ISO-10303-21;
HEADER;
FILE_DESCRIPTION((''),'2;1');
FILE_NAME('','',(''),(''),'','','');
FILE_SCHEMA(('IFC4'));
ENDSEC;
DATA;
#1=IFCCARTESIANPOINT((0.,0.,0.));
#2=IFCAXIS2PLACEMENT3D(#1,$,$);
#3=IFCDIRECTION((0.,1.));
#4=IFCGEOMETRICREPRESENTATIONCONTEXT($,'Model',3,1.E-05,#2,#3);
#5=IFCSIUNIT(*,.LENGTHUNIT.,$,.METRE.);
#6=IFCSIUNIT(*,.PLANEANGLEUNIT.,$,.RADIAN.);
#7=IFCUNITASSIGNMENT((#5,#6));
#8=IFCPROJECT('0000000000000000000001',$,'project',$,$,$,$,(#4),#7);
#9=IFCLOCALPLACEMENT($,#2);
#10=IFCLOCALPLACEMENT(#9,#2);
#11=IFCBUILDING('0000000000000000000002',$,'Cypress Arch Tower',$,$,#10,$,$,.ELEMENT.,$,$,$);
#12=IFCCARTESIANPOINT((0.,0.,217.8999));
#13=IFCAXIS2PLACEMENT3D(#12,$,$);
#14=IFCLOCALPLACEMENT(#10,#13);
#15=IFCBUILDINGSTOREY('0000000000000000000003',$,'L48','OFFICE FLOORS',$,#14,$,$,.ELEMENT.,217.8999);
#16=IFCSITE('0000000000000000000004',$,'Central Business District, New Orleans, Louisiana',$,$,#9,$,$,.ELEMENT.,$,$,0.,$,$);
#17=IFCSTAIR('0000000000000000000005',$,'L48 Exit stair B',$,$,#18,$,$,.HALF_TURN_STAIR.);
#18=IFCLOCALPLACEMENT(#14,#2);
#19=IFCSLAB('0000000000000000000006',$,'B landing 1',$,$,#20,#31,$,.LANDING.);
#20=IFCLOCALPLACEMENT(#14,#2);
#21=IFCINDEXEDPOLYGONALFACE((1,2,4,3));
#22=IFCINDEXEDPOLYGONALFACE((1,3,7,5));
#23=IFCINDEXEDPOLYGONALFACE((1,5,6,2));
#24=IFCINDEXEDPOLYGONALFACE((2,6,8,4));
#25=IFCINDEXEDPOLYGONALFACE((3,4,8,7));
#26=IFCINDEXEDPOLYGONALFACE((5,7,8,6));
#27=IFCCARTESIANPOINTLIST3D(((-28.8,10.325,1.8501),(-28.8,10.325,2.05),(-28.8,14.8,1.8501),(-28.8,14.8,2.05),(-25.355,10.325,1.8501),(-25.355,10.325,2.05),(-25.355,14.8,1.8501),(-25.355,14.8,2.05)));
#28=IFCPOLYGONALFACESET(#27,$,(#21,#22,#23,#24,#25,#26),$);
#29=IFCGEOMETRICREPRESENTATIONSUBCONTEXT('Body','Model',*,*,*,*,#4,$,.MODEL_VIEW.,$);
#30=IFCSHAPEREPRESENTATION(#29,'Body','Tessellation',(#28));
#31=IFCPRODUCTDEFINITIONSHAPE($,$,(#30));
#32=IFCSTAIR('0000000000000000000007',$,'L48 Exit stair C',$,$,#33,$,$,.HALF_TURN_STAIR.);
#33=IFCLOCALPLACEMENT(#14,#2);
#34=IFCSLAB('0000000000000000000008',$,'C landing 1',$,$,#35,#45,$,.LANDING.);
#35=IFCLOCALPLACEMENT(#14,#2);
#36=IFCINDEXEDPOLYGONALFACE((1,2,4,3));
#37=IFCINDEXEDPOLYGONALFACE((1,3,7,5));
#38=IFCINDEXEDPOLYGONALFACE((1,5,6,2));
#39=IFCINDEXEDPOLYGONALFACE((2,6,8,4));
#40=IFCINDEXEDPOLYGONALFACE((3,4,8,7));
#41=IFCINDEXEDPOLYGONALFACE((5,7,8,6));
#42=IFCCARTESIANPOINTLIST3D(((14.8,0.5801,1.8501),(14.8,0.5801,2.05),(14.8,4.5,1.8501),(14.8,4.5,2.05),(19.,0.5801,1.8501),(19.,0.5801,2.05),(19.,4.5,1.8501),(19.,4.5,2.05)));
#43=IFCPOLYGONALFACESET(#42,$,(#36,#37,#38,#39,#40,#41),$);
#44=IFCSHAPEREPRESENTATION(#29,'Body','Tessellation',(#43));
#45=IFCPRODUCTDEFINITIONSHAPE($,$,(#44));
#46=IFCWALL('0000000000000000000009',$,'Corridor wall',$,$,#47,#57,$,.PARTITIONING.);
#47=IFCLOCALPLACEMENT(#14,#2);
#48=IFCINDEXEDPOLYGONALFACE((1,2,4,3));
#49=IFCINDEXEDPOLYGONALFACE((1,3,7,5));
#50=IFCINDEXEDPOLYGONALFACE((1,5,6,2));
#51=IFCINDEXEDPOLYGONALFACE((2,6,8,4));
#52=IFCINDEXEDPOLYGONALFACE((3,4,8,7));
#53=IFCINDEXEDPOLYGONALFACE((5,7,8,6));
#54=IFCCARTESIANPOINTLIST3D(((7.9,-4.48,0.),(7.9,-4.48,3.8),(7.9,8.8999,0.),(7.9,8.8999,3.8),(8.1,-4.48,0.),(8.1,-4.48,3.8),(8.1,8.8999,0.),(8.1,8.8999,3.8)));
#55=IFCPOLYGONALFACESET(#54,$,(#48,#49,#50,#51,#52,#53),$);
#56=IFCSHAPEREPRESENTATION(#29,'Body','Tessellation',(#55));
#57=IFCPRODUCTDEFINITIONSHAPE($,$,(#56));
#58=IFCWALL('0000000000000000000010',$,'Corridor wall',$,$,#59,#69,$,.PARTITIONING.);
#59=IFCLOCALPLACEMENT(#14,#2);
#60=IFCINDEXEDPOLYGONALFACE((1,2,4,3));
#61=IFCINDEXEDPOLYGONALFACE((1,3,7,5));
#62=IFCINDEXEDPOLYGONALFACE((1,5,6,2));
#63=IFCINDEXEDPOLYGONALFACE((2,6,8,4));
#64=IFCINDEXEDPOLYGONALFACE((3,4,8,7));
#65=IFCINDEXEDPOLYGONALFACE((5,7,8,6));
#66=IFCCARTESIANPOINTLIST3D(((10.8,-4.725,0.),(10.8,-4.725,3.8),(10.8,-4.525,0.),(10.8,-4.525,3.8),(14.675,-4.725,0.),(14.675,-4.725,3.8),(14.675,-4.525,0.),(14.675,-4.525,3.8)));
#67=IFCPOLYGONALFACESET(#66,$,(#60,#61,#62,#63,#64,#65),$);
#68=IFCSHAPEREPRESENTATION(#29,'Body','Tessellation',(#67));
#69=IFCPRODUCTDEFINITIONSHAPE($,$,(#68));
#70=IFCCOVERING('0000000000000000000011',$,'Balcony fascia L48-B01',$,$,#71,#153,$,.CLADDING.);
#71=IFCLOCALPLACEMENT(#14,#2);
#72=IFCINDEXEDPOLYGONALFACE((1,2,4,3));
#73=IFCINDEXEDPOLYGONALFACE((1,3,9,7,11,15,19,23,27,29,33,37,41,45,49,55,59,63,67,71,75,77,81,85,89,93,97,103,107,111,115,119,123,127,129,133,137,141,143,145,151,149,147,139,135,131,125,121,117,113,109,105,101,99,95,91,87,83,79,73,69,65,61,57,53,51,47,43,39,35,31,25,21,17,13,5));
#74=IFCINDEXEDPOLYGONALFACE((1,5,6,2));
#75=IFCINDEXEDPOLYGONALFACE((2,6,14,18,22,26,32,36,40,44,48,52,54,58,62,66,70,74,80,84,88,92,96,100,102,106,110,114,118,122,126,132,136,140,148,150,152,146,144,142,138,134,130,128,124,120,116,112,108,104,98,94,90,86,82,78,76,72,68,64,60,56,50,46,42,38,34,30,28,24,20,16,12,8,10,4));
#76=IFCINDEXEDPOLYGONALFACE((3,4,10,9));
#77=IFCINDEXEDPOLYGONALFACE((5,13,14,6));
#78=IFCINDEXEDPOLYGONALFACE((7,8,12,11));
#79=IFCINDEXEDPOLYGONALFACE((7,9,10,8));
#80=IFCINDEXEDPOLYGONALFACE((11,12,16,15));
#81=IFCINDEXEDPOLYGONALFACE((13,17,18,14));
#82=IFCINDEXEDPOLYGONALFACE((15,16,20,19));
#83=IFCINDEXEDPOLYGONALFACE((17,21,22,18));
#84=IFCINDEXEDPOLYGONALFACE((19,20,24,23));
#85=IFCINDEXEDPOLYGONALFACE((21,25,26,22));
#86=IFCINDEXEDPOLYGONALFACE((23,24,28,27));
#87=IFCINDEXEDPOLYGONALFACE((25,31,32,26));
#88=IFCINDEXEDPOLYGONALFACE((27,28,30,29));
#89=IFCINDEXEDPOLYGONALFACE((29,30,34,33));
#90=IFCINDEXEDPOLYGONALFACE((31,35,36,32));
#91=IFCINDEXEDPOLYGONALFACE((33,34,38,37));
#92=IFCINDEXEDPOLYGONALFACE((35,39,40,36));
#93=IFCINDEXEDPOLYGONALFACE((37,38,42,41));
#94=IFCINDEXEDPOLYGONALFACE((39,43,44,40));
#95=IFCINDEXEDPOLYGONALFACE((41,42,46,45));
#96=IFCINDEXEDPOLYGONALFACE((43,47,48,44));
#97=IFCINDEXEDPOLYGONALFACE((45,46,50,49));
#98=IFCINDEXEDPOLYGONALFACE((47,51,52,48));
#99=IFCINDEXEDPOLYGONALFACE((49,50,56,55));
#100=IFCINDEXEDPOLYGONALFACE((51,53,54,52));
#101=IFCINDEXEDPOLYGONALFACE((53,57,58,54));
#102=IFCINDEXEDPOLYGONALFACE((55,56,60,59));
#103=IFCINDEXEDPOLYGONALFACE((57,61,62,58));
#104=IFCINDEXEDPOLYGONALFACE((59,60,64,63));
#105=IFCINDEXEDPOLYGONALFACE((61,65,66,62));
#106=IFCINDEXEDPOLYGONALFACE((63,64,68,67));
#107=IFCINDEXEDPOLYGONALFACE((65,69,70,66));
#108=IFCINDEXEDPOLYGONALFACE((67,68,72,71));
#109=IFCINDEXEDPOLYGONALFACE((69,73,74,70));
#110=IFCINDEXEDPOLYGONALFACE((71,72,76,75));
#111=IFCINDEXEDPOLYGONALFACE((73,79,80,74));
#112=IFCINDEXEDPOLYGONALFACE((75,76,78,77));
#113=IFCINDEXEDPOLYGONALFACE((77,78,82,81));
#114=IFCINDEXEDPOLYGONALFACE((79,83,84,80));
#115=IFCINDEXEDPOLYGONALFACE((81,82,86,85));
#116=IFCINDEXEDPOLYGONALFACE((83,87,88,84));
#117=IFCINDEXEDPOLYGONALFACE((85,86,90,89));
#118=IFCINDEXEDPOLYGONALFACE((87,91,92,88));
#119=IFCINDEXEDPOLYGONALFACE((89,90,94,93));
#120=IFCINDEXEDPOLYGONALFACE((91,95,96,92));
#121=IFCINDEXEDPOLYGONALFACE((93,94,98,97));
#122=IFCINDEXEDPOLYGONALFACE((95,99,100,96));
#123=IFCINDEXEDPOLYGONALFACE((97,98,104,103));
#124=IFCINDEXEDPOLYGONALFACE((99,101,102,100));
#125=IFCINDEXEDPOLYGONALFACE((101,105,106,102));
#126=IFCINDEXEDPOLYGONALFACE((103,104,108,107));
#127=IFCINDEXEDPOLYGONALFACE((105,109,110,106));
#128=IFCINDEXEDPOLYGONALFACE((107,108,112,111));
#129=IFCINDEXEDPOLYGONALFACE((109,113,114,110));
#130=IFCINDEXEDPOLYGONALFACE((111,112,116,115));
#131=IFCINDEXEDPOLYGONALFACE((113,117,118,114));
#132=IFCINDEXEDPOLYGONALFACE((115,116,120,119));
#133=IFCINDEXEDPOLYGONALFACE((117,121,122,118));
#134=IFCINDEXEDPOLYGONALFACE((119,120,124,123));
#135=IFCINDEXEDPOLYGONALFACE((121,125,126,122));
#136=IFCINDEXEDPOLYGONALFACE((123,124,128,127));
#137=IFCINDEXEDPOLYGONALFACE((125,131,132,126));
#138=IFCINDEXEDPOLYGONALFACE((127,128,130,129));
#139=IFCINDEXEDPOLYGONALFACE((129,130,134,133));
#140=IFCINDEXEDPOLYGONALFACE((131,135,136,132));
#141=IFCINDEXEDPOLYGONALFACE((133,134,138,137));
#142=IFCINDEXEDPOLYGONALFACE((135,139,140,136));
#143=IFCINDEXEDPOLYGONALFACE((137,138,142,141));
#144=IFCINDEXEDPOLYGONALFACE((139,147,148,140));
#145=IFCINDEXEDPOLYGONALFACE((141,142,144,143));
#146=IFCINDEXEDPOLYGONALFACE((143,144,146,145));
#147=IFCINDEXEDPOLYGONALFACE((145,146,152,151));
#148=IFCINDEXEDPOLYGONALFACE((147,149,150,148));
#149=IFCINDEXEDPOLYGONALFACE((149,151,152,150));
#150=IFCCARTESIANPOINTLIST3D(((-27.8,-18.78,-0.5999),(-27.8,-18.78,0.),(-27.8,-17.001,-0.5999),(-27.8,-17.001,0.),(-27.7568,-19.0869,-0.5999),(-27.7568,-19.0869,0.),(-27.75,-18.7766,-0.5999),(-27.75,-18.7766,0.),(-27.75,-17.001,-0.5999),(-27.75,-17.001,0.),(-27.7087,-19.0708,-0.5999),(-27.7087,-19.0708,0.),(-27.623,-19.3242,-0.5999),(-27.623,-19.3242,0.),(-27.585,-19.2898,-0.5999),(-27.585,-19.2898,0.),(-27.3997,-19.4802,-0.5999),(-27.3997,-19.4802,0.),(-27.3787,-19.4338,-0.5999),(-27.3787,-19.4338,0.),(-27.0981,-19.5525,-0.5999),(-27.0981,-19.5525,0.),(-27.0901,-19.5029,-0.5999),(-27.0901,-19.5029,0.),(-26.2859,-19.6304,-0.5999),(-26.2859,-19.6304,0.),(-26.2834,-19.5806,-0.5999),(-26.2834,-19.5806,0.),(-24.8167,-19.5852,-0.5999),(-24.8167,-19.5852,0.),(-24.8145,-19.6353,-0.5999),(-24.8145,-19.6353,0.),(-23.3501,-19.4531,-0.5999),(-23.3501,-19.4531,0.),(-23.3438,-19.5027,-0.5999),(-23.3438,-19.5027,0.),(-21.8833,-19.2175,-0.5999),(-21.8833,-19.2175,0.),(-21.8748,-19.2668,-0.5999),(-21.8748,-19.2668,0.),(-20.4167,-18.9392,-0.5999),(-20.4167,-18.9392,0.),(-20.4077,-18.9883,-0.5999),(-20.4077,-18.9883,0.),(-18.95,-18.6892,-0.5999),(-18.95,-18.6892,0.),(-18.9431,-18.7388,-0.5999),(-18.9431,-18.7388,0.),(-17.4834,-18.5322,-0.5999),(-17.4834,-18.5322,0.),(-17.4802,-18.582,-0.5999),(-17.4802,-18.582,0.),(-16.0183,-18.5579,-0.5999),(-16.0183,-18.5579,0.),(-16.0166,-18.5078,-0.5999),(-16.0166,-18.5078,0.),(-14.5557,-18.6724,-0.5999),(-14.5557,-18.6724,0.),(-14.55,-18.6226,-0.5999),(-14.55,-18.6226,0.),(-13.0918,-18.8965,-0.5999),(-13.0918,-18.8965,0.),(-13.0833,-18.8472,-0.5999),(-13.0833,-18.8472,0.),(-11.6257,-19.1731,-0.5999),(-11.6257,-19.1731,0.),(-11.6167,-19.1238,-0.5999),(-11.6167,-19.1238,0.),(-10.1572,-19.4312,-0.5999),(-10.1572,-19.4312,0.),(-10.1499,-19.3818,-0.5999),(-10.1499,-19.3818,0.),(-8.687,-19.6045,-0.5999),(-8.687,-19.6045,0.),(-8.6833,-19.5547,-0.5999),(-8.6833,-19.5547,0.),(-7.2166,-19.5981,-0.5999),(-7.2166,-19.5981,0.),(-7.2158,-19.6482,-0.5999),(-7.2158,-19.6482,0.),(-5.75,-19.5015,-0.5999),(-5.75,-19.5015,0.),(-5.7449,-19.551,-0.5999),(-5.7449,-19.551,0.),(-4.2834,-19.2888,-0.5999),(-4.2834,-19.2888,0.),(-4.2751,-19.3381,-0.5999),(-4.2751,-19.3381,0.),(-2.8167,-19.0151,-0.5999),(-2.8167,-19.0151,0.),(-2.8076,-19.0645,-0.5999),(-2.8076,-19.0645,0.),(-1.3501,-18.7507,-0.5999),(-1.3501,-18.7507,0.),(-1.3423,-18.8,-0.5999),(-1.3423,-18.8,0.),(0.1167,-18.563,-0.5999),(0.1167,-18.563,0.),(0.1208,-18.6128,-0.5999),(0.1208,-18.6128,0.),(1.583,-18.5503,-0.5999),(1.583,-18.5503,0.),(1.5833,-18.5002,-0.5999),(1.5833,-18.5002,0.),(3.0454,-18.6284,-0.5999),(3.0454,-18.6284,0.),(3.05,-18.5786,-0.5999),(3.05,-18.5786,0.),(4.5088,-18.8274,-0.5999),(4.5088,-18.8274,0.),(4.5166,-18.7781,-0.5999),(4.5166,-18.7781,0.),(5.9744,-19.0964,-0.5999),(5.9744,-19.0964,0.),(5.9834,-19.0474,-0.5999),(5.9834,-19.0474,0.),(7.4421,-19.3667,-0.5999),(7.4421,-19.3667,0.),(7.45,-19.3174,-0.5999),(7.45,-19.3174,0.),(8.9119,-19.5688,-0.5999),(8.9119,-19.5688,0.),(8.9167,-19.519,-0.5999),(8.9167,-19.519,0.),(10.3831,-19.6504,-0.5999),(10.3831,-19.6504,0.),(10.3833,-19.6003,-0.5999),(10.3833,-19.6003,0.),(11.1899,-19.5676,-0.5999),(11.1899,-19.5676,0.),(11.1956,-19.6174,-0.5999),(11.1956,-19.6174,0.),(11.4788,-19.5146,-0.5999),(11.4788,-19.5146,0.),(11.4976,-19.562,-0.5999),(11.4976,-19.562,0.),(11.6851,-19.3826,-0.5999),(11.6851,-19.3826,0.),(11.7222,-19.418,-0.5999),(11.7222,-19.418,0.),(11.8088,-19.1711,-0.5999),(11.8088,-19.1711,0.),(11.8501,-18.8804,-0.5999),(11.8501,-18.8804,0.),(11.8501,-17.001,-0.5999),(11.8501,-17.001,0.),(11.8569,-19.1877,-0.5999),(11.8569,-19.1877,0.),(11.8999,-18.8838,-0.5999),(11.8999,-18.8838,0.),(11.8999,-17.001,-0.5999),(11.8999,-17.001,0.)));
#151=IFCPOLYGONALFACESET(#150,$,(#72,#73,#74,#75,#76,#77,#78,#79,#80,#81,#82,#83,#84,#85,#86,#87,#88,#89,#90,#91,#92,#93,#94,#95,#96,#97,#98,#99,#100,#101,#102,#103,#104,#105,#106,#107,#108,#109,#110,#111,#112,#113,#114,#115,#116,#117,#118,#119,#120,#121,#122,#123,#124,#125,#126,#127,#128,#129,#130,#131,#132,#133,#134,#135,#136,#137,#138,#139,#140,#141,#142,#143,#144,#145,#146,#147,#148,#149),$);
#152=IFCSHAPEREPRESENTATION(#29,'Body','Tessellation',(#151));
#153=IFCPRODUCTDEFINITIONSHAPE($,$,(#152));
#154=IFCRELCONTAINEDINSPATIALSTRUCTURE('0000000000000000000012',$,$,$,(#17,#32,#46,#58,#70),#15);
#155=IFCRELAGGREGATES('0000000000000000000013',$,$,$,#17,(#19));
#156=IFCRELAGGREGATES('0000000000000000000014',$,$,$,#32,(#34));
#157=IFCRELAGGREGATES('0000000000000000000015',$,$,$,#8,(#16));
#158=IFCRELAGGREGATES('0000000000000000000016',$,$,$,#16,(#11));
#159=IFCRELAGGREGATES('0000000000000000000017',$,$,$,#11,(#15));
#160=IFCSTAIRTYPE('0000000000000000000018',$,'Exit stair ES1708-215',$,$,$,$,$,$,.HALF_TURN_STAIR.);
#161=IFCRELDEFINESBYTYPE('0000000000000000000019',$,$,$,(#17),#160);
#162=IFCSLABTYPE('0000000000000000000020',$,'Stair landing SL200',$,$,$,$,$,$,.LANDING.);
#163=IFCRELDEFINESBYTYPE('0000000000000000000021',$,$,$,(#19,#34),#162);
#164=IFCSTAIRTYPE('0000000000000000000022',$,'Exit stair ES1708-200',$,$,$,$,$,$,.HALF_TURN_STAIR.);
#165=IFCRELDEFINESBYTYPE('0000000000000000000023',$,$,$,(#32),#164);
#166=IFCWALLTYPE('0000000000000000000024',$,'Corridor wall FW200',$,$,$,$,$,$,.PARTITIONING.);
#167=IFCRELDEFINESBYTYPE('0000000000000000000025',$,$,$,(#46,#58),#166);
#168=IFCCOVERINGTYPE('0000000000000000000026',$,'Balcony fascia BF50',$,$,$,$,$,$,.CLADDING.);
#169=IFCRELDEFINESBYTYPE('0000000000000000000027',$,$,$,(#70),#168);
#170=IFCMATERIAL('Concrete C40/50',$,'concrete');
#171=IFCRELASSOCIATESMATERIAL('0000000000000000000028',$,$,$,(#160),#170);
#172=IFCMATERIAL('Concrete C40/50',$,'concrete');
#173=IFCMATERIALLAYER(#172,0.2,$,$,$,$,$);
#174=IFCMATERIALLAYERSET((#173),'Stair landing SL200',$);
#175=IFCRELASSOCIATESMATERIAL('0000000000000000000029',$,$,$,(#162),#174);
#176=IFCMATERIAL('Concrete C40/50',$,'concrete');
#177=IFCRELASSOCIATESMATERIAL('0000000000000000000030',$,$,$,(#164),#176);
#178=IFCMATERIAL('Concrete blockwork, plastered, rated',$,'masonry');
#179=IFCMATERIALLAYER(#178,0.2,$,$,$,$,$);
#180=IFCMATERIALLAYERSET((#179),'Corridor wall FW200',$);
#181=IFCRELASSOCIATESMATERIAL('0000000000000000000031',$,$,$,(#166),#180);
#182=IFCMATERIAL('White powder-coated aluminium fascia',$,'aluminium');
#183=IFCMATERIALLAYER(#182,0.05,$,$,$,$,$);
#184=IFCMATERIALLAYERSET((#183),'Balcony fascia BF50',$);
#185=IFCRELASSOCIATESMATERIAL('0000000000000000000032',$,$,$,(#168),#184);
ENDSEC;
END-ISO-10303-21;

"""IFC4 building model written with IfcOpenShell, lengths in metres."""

from ifc_helpers import new_model, si_unit, direction, frame, frame_2d, origin, place, context, subcontext, project, spatial, polyline, rectangle, outline, extrude, material, layer, layer_set, type_object, element, aggregate, save


model = new_model("IFC4")

# Units and contexts
model_context = context("Model", 3, precision=1e-05, world=origin(), true_north=direction((0.0, 1.0)))
body_context = subcontext(model_context, "Body", "Model", "MODEL_VIEW")
ifc_project = project(units=[si_unit("LENGTHUNIT", "METRE"), si_unit("PLANEANGLEUNIT", "RADIAN")], contexts=[model_context])

# Site, building, storey
site_placement = place(None, origin())
site = spatial("IfcSite", under=ifc_project, at=site_placement, Name="Central Business District, New Orleans, Louisiana", CompositionType="ELEMENT", RefElevation=0.0)
building_placement = place(site_placement, origin())
building = spatial("IfcBuilding", under=site, at=building_placement, Name="Cypress Arch Tower", CompositionType="ELEMENT")
storey_placement = place(building_placement, frame((0.0, 0.0, 217.8999)))
storey = spatial("IfcBuildingStorey", under=building, at=storey_placement, Name="L48", Description="OFFICE FLOORS", CompositionType="ELEMENT", Elevation=217.8999)

# Stairs, slabs
ifc_material_1 = material(Name="Concrete C40/50", Category="concrete")
stair_type_1 = type_object("IfcStairType", Name="Exit stair ES1708-215", PredefinedType="HALF_TURN_STAIR", material=ifc_material_1)
ifc_material_2 = material(Name="Concrete C40/50", Category="concrete")
ifc_layer_1 = layer(ifc_material_2, 0.2)
ifc_layer_set_1 = layer_set([ifc_layer_1], Name="Stair landing SL200")
slab_type_1 = type_object("IfcSlabType", Name="Stair landing SL200", PredefinedType="LANDING", material=ifc_layer_set_1)
stair_1_placement = place(storey_placement, origin())
stair_1 = element("IfcStair", 1, at=stair_1_placement, inside=storey, type_object=stair_type_1, Name="L48 Exit stair B", PredefinedType="HALF_TURN_STAIR")
slab_1_placement = place(storey_placement, frame((0.0, 0.0, 1.8501)))
slab_1 = element("IfcSlab", 2, at=slab_1_placement, type_object=slab_type_1, Name="B landing 1", PredefinedType="LANDING", context=body_context, shape_type="SweptSolid", body=[
    extrude(outline(polyline([(-25.355, 14.8), (-28.8, 14.8), (-28.8, 10.325), (-25.355, 10.325), (-25.355, 14.8)])), origin(), (0.0, 0.0, 1.0), 0.2),
])
aggregate(stair_1, [slab_1])
ifc_material_3 = material(Name="Concrete C40/50", Category="concrete")
stair_type_2 = type_object("IfcStairType", Name="Exit stair ES1708-200", PredefinedType="HALF_TURN_STAIR", material=ifc_material_3)
stair_2_placement = place(storey_placement, origin())
stair_2 = element("IfcStair", 3, at=stair_2_placement, inside=storey, type_object=stair_type_2, Name="L48 Exit stair C", PredefinedType="HALF_TURN_STAIR")
slab_2_placement = place(storey_placement, frame((0.0, 0.0, 1.8501)))
slab_2 = element("IfcSlab", 4, at=slab_2_placement, type_object=slab_type_1, Name="C landing 1", PredefinedType="LANDING", context=body_context, shape_type="SweptSolid", body=[
    extrude(outline(polyline([(19.0, 0.5801), (19.0, 4.5), (14.8, 4.5), (14.8, 0.5801), (19.0, 0.5801)])), origin(), (0.0, 0.0, 1.0), 0.2),
])
aggregate(stair_2, [slab_2])

# Walls
ifc_material_4 = material(Name="Concrete blockwork, plastered, rated", Category="masonry")
ifc_layer_2 = layer(ifc_material_4, 0.2)
ifc_layer_set_2 = layer_set([ifc_layer_2], Name="Corridor wall FW200")
wall_type = type_object("IfcWallType", Name="Corridor wall FW200", PredefinedType="PARTITIONING", material=ifc_layer_set_2)
wall_1_placement = place(storey_placement, frame((8.0, -4.48, 0.0), z_axis=(0.0, 0.0, 1.0), x_axis=(0.0, 1.0, 0.0)))
element("IfcWall", 5, at=wall_1_placement, inside=storey, type_object=wall_type, Name="Corridor wall", PredefinedType="PARTITIONING", context=body_context, shape_type="SweptSolid", body=[
    extrude(rectangle(XDim=13.3799, YDim=0.2, at=frame_2d((6.6899, 0.0))), origin(), (0.0, 0.0, 1.0), 3.8),
])
wall_2_placement = place(storey_placement, frame((10.8, -4.625, 0.0), z_axis=(0.0, 0.0, 1.0), x_axis=(1.0, 0.0, 0.0)))
element("IfcWall", 6, at=wall_2_placement, inside=storey, type_object=wall_type, Name="Corridor wall", PredefinedType="PARTITIONING", context=body_context, shape_type="SweptSolid", body=[
    extrude(rectangle(XDim=3.875, YDim=0.2, at=frame_2d((1.9375, 0.0))), origin(), (0.0, 0.0, 1.0), 3.8),
])

# Covering
ifc_material_5 = material(Name="White powder-coated aluminium fascia", Category="aluminium")
ifc_layer_3 = layer(ifc_material_5, 0.05)
ifc_layer_set_3 = layer_set([ifc_layer_3], Name="Balcony fascia BF50")
covering_type_1 = type_object("IfcCoveringType", Name="Balcony fascia BF50", PredefinedType="CLADDING", material=ifc_layer_set_3)
covering_1_placement = place(storey_placement, frame((0.0, 0.0, -0.5999)))
element("IfcCovering", 7, at=covering_1_placement, inside=storey, type_object=covering_type_1, Name="Balcony fascia L48-B01", PredefinedType="CLADDING", context=body_context, shape_type="SweptSolid", body=[
    extrude(outline(polyline([(11.8999, -18.8838), (11.8569, -19.1877), (11.7222, -19.418), (11.4976, -19.562), (11.1956, -19.6174), (10.3831, -19.6504), (8.9119, -19.5688), (7.4421, -19.3667), (5.9744, -19.0964), (4.5088, -18.8274), (3.0454, -18.6284), (1.583, -18.5503), (0.1208, -18.6128), (-1.3423, -18.8), (-2.8076, -19.0645), (-4.2751, -19.3381), (-5.7449, -19.551), (-7.2158, -19.6482), (-8.687, -19.6045), (-10.1572, -19.4312), (-11.6257, -19.1731), (-13.0918, -18.8965), (-14.5557, -18.6724), (-16.0183, -18.5579), (-17.4802, -18.582), (-18.9431, -18.7388), (-20.4077, -18.9883), (-21.8748, -19.2668), (-23.3438, -19.5027), (-24.8145, -19.6353), (-26.2859, -19.6304), (-27.0981, -19.5525), (-27.3997, -19.4802), (-27.623, -19.3242), (-27.7568, -19.0869), (-27.8, -18.78), (-27.8, -17.001), (-27.75, -17.001), (-27.75, -18.7766), (-27.7087, -19.0708), (-27.585, -19.2898), (-27.3787, -19.4338), (-27.0901, -19.5029), (-26.2834, -19.5806), (-24.8167, -19.5852), (-23.3501, -19.4531), (-21.8833, -19.2175), (-20.4167, -18.9392), (-18.95, -18.6892), (-17.4834, -18.5322), (-16.0166, -18.5078), (-14.55, -18.6226), (-13.0833, -18.8472), (-11.6167, -19.1238), (-10.1499, -19.3818), (-8.6833, -19.5547), (-7.2166, -19.5981), (-5.75, -19.5015), (-4.2834, -19.2888), (-2.8167, -19.0151), (-1.3501, -18.7507), (0.1167, -18.563), (1.5833, -18.5002), (3.05, -18.5786), (4.5166, -18.7781), (5.9834, -19.0474), (7.45, -19.3174), (8.9167, -19.519), (10.3833, -19.6003), (11.1899, -19.5676), (11.4788, -19.5146), (11.6851, -19.3826), (11.8088, -19.1711), (11.8501, -18.8804), (11.8501, -17.001), (11.8999, -17.001), (11.8999, -18.8838)])), origin(), (0.0, 0.0, 1.0), 0.5999),
])

save(model, "model.ifc")
